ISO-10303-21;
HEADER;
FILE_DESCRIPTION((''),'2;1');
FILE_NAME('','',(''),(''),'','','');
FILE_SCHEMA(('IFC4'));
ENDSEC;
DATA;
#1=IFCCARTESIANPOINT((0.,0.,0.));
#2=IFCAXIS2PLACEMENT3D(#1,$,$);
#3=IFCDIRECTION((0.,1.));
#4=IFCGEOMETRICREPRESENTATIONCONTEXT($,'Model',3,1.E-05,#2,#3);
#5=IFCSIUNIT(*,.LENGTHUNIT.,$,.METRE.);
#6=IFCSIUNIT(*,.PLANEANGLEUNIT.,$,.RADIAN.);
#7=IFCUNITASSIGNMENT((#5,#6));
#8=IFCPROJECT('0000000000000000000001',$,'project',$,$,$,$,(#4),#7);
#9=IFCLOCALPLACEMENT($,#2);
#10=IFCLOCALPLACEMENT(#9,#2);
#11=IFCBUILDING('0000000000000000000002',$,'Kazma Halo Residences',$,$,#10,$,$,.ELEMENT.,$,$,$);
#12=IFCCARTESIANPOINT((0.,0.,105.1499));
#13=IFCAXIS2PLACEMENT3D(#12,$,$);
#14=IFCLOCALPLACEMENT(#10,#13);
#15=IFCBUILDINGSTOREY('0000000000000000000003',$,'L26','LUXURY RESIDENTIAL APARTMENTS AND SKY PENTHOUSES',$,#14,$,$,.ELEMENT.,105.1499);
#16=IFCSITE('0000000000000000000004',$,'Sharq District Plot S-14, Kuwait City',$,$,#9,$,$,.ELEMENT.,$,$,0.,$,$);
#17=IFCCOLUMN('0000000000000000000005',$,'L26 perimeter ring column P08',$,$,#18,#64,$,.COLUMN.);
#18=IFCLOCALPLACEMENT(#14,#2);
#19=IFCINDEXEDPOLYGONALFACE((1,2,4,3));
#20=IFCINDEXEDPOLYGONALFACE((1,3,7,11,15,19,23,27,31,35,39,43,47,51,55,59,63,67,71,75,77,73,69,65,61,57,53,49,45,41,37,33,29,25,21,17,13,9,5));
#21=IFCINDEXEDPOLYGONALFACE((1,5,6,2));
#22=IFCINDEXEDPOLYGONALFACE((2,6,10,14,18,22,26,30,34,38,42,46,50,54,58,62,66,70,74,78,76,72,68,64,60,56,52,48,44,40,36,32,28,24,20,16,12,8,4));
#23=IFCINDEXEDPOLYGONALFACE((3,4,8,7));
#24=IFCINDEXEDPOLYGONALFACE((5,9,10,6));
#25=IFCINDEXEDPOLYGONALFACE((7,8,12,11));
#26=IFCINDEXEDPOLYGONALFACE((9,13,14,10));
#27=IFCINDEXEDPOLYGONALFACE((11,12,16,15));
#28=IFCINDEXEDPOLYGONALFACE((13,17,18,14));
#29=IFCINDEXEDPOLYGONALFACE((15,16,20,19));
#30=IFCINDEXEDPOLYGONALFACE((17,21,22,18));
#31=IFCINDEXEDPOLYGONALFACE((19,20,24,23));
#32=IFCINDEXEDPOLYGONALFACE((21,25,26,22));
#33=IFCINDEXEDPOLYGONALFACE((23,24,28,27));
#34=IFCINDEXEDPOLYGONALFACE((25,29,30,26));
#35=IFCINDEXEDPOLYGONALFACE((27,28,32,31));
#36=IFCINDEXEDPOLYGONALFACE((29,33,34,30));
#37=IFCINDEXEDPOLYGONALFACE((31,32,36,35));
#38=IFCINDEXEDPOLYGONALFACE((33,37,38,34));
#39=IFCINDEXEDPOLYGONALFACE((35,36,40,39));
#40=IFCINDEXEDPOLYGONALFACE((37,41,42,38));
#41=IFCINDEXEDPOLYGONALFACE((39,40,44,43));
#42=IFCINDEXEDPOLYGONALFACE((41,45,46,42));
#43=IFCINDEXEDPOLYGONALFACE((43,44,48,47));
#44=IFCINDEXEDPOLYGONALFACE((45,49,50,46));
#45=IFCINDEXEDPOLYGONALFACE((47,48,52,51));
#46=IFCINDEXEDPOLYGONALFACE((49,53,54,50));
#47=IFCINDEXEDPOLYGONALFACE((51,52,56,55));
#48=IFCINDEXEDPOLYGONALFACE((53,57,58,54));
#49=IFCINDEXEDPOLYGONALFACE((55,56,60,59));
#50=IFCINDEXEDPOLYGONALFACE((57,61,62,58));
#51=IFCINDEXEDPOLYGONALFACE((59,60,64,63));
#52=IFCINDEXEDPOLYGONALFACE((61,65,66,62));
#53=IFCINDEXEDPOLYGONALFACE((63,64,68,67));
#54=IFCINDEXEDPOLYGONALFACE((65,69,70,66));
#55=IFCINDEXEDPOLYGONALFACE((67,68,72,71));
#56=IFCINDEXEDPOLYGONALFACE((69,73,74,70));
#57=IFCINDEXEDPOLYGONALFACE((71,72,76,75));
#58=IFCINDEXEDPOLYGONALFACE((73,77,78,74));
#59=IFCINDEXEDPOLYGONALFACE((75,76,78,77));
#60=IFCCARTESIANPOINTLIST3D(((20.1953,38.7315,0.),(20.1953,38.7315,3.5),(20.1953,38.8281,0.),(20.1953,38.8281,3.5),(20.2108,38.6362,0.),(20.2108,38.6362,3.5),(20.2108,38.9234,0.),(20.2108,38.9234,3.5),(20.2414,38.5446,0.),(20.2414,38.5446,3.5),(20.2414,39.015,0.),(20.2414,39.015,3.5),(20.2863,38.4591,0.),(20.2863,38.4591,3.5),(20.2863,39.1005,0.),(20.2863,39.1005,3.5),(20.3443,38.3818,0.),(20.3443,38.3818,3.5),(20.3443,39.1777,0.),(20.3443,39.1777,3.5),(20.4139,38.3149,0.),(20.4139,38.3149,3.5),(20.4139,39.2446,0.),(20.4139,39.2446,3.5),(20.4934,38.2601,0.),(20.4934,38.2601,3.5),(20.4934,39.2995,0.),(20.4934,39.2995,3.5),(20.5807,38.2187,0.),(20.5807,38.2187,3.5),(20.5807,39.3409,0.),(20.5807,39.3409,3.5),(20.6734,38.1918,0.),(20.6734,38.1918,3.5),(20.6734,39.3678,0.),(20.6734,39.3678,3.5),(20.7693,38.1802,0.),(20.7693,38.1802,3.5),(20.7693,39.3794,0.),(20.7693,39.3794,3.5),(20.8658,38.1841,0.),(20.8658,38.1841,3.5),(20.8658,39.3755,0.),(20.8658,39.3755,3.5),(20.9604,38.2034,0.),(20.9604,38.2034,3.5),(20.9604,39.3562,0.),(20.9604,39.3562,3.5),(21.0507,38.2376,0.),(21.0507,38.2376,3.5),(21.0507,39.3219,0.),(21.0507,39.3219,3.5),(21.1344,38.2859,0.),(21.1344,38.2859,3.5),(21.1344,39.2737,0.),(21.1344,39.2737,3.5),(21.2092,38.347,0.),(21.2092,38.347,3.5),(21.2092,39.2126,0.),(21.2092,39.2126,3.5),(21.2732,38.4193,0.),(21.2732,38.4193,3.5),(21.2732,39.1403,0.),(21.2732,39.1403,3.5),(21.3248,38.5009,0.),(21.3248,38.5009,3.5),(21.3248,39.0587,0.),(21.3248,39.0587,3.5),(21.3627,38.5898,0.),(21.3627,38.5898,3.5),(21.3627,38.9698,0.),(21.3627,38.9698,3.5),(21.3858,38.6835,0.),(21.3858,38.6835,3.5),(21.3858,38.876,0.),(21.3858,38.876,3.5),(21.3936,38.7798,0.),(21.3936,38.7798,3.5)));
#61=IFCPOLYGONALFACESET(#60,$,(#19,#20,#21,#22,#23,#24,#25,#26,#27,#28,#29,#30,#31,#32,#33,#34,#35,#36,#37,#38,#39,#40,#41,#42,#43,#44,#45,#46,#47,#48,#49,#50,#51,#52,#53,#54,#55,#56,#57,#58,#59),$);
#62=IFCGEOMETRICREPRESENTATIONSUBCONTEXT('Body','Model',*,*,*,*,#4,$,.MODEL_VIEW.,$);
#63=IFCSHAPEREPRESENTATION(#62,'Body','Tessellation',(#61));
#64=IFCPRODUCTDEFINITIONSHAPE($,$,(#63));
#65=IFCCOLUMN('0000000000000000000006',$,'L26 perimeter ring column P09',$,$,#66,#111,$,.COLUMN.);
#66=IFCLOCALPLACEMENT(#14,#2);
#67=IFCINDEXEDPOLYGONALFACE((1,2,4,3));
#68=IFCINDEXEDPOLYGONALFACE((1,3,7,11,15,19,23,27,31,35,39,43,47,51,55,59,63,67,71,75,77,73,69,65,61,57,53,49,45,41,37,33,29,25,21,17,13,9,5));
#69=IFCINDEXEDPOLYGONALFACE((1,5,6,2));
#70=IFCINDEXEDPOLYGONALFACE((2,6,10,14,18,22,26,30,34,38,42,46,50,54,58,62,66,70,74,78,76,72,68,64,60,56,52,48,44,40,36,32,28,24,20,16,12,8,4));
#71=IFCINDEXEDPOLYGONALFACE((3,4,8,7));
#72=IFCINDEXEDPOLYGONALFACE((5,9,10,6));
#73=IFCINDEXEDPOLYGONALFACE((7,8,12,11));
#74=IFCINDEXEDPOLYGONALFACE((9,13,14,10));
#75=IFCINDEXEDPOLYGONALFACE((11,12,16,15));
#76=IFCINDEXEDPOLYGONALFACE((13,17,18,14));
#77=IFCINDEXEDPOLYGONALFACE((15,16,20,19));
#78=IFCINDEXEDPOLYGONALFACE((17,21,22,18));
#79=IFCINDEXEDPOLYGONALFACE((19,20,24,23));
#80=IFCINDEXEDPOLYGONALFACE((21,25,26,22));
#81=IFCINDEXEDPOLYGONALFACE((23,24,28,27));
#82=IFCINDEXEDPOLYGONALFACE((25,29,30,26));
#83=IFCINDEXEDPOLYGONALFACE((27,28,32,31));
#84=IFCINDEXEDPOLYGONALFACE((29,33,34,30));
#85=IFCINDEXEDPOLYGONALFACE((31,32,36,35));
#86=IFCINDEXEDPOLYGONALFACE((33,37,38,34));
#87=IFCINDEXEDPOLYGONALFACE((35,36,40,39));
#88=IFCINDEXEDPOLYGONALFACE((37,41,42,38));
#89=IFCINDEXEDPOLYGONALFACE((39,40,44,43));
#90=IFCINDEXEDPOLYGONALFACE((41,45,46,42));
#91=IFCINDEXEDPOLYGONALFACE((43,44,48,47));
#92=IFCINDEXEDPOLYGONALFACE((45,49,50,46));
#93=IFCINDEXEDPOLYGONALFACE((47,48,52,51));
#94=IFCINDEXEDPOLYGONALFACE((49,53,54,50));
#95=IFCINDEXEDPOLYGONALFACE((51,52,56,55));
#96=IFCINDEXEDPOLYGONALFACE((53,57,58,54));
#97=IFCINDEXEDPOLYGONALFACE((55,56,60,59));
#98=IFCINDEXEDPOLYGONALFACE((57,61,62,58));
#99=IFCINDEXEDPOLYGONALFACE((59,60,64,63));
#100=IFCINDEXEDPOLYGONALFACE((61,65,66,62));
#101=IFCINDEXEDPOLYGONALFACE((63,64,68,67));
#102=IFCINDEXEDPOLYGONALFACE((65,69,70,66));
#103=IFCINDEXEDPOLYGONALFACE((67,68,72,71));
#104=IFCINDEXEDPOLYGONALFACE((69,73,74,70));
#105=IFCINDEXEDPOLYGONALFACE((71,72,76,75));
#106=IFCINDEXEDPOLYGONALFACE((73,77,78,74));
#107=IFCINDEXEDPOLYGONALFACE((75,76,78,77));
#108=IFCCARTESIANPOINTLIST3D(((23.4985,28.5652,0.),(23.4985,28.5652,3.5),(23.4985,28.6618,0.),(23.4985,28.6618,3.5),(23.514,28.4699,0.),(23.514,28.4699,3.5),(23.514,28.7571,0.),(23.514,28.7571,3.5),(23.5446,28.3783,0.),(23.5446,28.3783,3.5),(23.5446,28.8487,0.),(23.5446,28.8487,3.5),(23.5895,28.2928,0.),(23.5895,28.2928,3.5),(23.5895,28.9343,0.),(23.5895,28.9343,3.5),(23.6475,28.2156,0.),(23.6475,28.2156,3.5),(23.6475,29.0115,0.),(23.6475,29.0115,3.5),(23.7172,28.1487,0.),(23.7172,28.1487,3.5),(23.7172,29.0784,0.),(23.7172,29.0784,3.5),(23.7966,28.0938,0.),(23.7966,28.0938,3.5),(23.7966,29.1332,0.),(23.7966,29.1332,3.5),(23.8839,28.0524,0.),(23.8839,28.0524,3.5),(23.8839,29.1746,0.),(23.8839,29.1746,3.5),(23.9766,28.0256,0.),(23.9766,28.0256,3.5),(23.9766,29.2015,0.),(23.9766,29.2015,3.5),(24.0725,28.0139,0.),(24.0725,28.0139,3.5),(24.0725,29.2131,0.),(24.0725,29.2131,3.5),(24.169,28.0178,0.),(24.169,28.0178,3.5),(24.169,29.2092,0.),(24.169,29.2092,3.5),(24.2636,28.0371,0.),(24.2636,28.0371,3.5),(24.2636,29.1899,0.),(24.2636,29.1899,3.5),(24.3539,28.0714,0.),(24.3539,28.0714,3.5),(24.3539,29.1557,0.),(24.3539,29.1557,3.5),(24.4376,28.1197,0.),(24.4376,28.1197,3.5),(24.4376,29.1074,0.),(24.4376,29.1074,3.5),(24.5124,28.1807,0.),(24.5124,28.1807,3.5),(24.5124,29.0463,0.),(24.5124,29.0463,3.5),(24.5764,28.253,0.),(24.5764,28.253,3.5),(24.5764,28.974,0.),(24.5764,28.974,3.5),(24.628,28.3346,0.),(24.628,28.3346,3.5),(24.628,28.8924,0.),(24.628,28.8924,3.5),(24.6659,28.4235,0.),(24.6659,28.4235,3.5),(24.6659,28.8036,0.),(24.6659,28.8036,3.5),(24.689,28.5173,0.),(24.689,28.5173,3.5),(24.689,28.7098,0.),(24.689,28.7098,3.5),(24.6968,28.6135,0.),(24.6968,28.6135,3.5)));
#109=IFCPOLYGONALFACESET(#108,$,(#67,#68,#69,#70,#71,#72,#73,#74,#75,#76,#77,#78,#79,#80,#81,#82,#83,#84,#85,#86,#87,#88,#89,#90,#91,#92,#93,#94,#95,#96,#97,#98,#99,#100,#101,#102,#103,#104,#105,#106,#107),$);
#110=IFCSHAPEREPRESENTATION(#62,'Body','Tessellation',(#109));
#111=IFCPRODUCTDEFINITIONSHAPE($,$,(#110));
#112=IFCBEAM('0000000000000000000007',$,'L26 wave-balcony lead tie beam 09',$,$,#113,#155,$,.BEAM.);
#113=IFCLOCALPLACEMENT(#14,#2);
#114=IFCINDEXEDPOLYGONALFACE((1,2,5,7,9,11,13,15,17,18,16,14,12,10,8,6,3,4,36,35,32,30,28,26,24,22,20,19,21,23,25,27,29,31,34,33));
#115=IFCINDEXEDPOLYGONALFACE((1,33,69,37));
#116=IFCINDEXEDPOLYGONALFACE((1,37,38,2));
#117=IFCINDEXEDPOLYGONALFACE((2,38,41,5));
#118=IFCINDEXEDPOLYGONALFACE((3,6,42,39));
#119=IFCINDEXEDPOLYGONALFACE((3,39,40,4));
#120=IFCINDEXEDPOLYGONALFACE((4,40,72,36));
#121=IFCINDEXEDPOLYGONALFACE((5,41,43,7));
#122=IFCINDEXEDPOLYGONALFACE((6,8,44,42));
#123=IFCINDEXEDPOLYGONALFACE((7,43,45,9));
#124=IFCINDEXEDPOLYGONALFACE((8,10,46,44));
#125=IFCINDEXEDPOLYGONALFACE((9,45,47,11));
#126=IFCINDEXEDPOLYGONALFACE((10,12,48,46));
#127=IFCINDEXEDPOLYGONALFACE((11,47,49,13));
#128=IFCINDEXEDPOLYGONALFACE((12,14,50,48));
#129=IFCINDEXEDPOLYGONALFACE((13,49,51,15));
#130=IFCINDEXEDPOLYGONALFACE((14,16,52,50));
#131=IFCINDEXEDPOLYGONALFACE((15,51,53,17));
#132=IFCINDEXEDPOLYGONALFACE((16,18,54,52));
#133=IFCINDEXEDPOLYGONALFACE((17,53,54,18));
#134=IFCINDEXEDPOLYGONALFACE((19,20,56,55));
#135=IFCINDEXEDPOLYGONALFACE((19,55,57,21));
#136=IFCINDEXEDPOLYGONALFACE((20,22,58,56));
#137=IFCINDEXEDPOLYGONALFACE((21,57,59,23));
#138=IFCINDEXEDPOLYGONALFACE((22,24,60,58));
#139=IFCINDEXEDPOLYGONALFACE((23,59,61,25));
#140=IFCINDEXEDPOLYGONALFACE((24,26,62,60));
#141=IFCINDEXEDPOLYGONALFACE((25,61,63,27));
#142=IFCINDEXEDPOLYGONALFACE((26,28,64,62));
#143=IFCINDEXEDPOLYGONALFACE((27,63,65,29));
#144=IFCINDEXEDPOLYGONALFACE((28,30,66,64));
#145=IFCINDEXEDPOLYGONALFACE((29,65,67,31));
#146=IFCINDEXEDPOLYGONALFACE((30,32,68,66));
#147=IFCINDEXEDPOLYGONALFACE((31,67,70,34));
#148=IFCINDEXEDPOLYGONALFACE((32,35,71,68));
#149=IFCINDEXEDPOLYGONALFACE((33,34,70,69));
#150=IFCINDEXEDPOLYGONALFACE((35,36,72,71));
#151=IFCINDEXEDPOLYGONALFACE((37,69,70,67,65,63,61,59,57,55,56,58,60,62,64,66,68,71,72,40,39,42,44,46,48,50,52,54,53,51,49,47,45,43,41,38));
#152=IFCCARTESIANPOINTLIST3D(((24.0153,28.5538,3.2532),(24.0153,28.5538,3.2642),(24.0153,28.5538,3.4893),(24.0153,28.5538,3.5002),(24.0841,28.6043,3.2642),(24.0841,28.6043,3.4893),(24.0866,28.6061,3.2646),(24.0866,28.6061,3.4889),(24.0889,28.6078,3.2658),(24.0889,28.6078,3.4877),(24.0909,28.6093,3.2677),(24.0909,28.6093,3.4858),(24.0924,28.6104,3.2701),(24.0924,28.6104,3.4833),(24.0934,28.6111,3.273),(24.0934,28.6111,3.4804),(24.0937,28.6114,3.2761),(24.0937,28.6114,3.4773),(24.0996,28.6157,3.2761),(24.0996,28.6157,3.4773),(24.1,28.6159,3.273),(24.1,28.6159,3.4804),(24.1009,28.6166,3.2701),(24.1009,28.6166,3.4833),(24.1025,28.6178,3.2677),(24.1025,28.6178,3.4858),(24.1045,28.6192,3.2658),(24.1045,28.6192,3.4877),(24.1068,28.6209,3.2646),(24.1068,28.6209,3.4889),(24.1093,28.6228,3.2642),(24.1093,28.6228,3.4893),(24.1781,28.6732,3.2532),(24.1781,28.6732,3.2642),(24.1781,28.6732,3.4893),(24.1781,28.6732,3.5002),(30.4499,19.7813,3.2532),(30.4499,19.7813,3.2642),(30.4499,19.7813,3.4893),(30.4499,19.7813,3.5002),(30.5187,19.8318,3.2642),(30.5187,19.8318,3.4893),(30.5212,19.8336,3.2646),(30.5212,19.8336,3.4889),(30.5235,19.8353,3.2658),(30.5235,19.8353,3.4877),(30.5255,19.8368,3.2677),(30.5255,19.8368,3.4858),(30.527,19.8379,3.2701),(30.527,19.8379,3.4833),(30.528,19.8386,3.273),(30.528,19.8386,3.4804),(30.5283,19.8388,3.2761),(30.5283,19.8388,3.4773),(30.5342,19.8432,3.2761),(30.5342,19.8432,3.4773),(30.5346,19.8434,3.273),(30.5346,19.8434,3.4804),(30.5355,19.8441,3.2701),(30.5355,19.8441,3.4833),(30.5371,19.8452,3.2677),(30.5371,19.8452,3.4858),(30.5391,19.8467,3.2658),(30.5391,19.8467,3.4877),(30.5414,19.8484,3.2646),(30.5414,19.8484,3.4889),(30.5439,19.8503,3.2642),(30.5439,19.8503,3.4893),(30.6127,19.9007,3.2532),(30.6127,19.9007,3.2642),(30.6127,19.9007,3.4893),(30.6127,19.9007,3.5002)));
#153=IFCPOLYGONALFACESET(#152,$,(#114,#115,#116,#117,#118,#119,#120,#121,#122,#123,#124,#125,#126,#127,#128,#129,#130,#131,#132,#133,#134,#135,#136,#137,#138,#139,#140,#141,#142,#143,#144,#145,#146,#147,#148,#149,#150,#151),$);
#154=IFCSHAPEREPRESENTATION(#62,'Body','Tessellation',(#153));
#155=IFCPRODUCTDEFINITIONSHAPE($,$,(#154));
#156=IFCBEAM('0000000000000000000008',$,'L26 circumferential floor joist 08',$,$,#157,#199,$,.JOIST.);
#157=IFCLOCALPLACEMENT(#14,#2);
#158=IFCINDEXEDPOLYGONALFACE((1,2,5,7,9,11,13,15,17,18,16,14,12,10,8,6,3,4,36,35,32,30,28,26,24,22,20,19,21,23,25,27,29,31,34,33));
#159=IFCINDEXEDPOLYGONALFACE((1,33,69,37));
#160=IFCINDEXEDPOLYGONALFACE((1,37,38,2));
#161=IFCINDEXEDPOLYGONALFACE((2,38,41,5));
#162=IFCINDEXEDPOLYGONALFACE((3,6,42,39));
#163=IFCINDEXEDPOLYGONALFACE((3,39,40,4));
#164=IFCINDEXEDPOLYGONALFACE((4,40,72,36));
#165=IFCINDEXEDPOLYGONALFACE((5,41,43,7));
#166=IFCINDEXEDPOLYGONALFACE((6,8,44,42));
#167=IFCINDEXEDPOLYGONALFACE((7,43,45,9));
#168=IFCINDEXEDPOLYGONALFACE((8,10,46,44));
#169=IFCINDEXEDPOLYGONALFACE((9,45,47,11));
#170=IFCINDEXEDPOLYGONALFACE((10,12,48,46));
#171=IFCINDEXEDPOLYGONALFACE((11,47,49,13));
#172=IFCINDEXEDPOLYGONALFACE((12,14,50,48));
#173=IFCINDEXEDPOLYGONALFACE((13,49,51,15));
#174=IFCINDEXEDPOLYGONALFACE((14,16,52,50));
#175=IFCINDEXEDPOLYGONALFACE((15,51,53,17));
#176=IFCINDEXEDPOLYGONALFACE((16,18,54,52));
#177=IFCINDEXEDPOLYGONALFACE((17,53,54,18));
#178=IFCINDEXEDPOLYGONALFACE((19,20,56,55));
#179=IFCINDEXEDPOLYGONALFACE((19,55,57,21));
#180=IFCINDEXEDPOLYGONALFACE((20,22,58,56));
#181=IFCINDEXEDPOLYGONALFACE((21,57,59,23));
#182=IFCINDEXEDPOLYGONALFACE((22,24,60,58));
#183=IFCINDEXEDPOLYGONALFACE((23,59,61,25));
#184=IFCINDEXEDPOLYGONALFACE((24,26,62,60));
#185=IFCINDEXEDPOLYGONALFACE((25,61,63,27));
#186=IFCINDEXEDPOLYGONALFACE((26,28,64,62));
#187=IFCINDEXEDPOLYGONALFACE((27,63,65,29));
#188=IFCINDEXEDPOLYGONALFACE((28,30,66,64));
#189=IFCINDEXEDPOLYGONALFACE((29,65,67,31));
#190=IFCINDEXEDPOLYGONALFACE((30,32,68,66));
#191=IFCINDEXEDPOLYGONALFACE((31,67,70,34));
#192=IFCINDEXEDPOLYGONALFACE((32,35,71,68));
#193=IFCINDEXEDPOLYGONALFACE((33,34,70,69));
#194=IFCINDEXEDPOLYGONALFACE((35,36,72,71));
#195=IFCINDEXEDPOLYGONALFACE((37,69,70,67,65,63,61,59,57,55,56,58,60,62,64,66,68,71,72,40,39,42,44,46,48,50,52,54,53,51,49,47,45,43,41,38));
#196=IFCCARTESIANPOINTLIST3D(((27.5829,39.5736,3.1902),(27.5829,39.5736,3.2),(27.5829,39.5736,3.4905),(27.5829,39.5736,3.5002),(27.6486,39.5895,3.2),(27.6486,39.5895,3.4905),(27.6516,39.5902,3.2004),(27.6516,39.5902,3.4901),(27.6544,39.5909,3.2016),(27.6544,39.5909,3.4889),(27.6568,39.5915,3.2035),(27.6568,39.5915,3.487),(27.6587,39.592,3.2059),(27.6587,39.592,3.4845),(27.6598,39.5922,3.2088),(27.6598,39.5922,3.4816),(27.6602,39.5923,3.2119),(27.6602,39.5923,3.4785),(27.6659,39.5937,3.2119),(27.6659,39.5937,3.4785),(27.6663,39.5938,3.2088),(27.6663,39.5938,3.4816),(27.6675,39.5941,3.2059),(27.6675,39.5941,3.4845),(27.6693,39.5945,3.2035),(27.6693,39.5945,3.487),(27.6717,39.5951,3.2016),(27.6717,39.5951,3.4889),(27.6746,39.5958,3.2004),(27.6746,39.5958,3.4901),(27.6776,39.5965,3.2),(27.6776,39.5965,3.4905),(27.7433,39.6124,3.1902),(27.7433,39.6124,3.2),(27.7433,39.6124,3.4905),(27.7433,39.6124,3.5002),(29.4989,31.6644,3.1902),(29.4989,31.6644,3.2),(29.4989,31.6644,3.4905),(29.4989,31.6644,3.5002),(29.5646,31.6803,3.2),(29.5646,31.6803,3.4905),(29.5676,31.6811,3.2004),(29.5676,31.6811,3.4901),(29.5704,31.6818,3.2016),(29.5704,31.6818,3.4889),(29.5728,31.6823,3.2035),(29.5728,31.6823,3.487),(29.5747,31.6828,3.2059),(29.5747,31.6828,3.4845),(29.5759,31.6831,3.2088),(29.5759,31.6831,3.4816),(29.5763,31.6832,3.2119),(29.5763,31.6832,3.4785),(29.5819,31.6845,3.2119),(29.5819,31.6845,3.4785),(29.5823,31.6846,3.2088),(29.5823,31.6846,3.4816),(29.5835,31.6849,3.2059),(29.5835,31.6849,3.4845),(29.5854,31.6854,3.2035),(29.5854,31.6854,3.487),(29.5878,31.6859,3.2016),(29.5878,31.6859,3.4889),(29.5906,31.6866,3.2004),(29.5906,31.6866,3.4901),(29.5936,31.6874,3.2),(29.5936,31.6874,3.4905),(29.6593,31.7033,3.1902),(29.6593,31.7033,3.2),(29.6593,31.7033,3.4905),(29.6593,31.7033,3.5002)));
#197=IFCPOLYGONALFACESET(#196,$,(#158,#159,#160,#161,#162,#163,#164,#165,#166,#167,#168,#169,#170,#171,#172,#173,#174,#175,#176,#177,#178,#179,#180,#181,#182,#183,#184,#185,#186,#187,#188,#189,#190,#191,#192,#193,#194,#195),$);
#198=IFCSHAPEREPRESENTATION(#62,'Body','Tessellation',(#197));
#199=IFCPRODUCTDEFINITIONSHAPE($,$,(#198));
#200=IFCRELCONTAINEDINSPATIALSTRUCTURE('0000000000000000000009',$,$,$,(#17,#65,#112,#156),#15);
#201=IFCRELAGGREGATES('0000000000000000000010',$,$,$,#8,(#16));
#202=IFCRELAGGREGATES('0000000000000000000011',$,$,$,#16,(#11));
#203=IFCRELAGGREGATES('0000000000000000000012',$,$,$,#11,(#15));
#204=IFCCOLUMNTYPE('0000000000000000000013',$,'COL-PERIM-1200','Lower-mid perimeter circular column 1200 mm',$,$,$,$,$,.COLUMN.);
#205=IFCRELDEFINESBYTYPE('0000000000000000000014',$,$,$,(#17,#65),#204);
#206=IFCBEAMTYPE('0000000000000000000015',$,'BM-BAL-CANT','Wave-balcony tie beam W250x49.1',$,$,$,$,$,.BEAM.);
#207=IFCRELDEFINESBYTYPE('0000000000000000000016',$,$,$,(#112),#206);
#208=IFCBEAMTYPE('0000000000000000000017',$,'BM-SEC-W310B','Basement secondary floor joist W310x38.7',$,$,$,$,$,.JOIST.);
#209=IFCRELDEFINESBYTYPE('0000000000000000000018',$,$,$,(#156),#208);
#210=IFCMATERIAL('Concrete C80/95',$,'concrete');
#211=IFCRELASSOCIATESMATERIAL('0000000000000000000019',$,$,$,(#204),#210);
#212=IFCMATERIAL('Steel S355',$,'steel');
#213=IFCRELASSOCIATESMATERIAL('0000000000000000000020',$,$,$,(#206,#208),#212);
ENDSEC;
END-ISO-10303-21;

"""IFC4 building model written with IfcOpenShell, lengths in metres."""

from ifc_helpers import new_model, si_unit, direction, frame, origin, origin_2d, place, context, subcontext, project, spatial, circle, i_section, extrude, material, material_profile, profile_set, type_object, element, save


model = new_model("IFC4")

# Units and contexts
model_context = context("Model", 3, precision=1e-05, world=origin(), true_north=direction((0.0, 1.0)))
body_context = subcontext(model_context, "Body", "Model", "MODEL_VIEW")
ifc_project = project(units=[si_unit("LENGTHUNIT", "METRE"), si_unit("PLANEANGLEUNIT", "RADIAN")], contexts=[model_context])

# Site, building, storey
site_placement = place(None, origin())
site = spatial("IfcSite", under=ifc_project, at=site_placement, Name="Sharq District Plot S-14, Kuwait City", CompositionType="ELEMENT", RefElevation=0.0)
building_placement = place(site_placement, origin())
building = spatial("IfcBuilding", under=site, at=building_placement, Name="Kazma Halo Residences", CompositionType="ELEMENT")
storey_placement = place(building_placement, frame((0.0, 0.0, 105.1499)))
storey = spatial("IfcBuildingStorey", under=building, at=storey_placement, Name="L26", Description="LUXURY RESIDENTIAL APARTMENTS AND SKY PENTHOUSES", CompositionType="ELEMENT", Elevation=105.1499)

# Columns
ifc_material_1 = material(Name="Concrete C80/95", Category="concrete")
ifc_material_profile_1 = material_profile(ifc_material_1, circle(Radius=0.6001, at=origin_2d()), Name="CIRC1200")
ifc_profile_set_1 = profile_set([ifc_material_profile_1], Name="Concrete C80/95")
column_type = type_object("IfcColumnType", Name="COL-PERIM-1200", Description="Lower-mid perimeter circular column 1200 mm", PredefinedType="COLUMN", material=ifc_profile_set_1)
for number, where, z_axis, x_axis, name in (
    (1, (20.7935, 38.7798, 0.0), (0.0, 0.0, 1.0), (1.0, 0.0, 0.0), "L26 perimeter ring column P08"),
    (2, (24.0967, 28.6135, 0.0), (0.0, 0.0, 1.0), (1.0, 0.0, 0.0), "L26 perimeter ring column P09"),
):
    element("IfcColumn", number, at=place(storey_placement, frame(where, z_axis=z_axis, x_axis=x_axis)), inside=storey, type_object=column_type, Name=name, PredefinedType="COLUMN", context=body_context, shape_type="SweptSolid", body=[
        extrude(circle(Radius=0.6001, at=origin_2d()), origin(), (0.0, 0.0, 1.0), 3.5),
    ])

# Beams
ifc_material_2 = material(Name="Steel S355", Category="steel")
ifc_material_profile_2 = material_profile(ifc_material_2, i_section(OverallWidth=0.2019, OverallDepth=0.2471, WebThickness=0.0073, FlangeThickness=0.011, FilletRadius=0.012, at=origin_2d()), Name="W250x49.1")
ifc_profile_set_2 = profile_set([ifc_material_profile_2], Name="Steel S355")
beam_type_1 = type_object("IfcBeamType", Name="BM-BAL-CANT", Description="Wave-balcony tie beam W250x49.1", PredefinedType="BEAM", material=ifc_profile_set_2)
beam_1_placement = place(storey_placement, frame((24.0967, 28.6135, 3.3767), z_axis=(0.591449, -0.806342, 0.0), x_axis=(0.806342, 0.591449, 0.0)))
element("IfcBeam", 3, at=beam_1_placement, inside=storey, type_object=beam_type_1, Name="L26 wave-balcony lead tie beam 09", PredefinedType="BEAM", context=body_context, shape_type="SweptSolid", body=[
    extrude(i_section(OverallWidth=0.2019, OverallDepth=0.2471, WebThickness=0.0073, FlangeThickness=0.011, FilletRadius=0.012, at=origin_2d()), origin(), (0.0, 0.0, 1.0), 10.8794),
])
ifc_material_profile_3 = material_profile(ifc_material_2, i_section(OverallWidth=0.165, OverallDepth=0.3101, WebThickness=0.0059, FlangeThickness=0.0098, FilletRadius=0.012, at=origin_2d()), Name="W310x38.7")
ifc_profile_set_3 = profile_set([ifc_material_profile_3], Name="Steel S355")
beam_type_2 = type_object("IfcBeamType", Name="BM-SEC-W310B", Description="Basement secondary floor joist W310x38.7", PredefinedType="JOIST", material=ifc_profile_set_3)
beam_2_placement = place(storey_placement, frame((27.6631, 39.593, 3.3452), z_axis=(0.235442, -0.971888, 0.0), x_axis=(0.971888, 0.235442, 0.0)))
element("IfcBeam", 4, at=beam_2_placement, inside=storey, type_object=beam_type_2, Name="L26 circumferential floor joist 08", PredefinedType="JOIST", context=body_context, shape_type="SweptSolid", body=[
    extrude(i_section(OverallWidth=0.165, OverallDepth=0.3101, WebThickness=0.0059, FlangeThickness=0.0098, FilletRadius=0.012, at=origin_2d()), origin(), (0.0, 0.0, 1.0), 8.1379),
])

save(model, "model.ifc")
